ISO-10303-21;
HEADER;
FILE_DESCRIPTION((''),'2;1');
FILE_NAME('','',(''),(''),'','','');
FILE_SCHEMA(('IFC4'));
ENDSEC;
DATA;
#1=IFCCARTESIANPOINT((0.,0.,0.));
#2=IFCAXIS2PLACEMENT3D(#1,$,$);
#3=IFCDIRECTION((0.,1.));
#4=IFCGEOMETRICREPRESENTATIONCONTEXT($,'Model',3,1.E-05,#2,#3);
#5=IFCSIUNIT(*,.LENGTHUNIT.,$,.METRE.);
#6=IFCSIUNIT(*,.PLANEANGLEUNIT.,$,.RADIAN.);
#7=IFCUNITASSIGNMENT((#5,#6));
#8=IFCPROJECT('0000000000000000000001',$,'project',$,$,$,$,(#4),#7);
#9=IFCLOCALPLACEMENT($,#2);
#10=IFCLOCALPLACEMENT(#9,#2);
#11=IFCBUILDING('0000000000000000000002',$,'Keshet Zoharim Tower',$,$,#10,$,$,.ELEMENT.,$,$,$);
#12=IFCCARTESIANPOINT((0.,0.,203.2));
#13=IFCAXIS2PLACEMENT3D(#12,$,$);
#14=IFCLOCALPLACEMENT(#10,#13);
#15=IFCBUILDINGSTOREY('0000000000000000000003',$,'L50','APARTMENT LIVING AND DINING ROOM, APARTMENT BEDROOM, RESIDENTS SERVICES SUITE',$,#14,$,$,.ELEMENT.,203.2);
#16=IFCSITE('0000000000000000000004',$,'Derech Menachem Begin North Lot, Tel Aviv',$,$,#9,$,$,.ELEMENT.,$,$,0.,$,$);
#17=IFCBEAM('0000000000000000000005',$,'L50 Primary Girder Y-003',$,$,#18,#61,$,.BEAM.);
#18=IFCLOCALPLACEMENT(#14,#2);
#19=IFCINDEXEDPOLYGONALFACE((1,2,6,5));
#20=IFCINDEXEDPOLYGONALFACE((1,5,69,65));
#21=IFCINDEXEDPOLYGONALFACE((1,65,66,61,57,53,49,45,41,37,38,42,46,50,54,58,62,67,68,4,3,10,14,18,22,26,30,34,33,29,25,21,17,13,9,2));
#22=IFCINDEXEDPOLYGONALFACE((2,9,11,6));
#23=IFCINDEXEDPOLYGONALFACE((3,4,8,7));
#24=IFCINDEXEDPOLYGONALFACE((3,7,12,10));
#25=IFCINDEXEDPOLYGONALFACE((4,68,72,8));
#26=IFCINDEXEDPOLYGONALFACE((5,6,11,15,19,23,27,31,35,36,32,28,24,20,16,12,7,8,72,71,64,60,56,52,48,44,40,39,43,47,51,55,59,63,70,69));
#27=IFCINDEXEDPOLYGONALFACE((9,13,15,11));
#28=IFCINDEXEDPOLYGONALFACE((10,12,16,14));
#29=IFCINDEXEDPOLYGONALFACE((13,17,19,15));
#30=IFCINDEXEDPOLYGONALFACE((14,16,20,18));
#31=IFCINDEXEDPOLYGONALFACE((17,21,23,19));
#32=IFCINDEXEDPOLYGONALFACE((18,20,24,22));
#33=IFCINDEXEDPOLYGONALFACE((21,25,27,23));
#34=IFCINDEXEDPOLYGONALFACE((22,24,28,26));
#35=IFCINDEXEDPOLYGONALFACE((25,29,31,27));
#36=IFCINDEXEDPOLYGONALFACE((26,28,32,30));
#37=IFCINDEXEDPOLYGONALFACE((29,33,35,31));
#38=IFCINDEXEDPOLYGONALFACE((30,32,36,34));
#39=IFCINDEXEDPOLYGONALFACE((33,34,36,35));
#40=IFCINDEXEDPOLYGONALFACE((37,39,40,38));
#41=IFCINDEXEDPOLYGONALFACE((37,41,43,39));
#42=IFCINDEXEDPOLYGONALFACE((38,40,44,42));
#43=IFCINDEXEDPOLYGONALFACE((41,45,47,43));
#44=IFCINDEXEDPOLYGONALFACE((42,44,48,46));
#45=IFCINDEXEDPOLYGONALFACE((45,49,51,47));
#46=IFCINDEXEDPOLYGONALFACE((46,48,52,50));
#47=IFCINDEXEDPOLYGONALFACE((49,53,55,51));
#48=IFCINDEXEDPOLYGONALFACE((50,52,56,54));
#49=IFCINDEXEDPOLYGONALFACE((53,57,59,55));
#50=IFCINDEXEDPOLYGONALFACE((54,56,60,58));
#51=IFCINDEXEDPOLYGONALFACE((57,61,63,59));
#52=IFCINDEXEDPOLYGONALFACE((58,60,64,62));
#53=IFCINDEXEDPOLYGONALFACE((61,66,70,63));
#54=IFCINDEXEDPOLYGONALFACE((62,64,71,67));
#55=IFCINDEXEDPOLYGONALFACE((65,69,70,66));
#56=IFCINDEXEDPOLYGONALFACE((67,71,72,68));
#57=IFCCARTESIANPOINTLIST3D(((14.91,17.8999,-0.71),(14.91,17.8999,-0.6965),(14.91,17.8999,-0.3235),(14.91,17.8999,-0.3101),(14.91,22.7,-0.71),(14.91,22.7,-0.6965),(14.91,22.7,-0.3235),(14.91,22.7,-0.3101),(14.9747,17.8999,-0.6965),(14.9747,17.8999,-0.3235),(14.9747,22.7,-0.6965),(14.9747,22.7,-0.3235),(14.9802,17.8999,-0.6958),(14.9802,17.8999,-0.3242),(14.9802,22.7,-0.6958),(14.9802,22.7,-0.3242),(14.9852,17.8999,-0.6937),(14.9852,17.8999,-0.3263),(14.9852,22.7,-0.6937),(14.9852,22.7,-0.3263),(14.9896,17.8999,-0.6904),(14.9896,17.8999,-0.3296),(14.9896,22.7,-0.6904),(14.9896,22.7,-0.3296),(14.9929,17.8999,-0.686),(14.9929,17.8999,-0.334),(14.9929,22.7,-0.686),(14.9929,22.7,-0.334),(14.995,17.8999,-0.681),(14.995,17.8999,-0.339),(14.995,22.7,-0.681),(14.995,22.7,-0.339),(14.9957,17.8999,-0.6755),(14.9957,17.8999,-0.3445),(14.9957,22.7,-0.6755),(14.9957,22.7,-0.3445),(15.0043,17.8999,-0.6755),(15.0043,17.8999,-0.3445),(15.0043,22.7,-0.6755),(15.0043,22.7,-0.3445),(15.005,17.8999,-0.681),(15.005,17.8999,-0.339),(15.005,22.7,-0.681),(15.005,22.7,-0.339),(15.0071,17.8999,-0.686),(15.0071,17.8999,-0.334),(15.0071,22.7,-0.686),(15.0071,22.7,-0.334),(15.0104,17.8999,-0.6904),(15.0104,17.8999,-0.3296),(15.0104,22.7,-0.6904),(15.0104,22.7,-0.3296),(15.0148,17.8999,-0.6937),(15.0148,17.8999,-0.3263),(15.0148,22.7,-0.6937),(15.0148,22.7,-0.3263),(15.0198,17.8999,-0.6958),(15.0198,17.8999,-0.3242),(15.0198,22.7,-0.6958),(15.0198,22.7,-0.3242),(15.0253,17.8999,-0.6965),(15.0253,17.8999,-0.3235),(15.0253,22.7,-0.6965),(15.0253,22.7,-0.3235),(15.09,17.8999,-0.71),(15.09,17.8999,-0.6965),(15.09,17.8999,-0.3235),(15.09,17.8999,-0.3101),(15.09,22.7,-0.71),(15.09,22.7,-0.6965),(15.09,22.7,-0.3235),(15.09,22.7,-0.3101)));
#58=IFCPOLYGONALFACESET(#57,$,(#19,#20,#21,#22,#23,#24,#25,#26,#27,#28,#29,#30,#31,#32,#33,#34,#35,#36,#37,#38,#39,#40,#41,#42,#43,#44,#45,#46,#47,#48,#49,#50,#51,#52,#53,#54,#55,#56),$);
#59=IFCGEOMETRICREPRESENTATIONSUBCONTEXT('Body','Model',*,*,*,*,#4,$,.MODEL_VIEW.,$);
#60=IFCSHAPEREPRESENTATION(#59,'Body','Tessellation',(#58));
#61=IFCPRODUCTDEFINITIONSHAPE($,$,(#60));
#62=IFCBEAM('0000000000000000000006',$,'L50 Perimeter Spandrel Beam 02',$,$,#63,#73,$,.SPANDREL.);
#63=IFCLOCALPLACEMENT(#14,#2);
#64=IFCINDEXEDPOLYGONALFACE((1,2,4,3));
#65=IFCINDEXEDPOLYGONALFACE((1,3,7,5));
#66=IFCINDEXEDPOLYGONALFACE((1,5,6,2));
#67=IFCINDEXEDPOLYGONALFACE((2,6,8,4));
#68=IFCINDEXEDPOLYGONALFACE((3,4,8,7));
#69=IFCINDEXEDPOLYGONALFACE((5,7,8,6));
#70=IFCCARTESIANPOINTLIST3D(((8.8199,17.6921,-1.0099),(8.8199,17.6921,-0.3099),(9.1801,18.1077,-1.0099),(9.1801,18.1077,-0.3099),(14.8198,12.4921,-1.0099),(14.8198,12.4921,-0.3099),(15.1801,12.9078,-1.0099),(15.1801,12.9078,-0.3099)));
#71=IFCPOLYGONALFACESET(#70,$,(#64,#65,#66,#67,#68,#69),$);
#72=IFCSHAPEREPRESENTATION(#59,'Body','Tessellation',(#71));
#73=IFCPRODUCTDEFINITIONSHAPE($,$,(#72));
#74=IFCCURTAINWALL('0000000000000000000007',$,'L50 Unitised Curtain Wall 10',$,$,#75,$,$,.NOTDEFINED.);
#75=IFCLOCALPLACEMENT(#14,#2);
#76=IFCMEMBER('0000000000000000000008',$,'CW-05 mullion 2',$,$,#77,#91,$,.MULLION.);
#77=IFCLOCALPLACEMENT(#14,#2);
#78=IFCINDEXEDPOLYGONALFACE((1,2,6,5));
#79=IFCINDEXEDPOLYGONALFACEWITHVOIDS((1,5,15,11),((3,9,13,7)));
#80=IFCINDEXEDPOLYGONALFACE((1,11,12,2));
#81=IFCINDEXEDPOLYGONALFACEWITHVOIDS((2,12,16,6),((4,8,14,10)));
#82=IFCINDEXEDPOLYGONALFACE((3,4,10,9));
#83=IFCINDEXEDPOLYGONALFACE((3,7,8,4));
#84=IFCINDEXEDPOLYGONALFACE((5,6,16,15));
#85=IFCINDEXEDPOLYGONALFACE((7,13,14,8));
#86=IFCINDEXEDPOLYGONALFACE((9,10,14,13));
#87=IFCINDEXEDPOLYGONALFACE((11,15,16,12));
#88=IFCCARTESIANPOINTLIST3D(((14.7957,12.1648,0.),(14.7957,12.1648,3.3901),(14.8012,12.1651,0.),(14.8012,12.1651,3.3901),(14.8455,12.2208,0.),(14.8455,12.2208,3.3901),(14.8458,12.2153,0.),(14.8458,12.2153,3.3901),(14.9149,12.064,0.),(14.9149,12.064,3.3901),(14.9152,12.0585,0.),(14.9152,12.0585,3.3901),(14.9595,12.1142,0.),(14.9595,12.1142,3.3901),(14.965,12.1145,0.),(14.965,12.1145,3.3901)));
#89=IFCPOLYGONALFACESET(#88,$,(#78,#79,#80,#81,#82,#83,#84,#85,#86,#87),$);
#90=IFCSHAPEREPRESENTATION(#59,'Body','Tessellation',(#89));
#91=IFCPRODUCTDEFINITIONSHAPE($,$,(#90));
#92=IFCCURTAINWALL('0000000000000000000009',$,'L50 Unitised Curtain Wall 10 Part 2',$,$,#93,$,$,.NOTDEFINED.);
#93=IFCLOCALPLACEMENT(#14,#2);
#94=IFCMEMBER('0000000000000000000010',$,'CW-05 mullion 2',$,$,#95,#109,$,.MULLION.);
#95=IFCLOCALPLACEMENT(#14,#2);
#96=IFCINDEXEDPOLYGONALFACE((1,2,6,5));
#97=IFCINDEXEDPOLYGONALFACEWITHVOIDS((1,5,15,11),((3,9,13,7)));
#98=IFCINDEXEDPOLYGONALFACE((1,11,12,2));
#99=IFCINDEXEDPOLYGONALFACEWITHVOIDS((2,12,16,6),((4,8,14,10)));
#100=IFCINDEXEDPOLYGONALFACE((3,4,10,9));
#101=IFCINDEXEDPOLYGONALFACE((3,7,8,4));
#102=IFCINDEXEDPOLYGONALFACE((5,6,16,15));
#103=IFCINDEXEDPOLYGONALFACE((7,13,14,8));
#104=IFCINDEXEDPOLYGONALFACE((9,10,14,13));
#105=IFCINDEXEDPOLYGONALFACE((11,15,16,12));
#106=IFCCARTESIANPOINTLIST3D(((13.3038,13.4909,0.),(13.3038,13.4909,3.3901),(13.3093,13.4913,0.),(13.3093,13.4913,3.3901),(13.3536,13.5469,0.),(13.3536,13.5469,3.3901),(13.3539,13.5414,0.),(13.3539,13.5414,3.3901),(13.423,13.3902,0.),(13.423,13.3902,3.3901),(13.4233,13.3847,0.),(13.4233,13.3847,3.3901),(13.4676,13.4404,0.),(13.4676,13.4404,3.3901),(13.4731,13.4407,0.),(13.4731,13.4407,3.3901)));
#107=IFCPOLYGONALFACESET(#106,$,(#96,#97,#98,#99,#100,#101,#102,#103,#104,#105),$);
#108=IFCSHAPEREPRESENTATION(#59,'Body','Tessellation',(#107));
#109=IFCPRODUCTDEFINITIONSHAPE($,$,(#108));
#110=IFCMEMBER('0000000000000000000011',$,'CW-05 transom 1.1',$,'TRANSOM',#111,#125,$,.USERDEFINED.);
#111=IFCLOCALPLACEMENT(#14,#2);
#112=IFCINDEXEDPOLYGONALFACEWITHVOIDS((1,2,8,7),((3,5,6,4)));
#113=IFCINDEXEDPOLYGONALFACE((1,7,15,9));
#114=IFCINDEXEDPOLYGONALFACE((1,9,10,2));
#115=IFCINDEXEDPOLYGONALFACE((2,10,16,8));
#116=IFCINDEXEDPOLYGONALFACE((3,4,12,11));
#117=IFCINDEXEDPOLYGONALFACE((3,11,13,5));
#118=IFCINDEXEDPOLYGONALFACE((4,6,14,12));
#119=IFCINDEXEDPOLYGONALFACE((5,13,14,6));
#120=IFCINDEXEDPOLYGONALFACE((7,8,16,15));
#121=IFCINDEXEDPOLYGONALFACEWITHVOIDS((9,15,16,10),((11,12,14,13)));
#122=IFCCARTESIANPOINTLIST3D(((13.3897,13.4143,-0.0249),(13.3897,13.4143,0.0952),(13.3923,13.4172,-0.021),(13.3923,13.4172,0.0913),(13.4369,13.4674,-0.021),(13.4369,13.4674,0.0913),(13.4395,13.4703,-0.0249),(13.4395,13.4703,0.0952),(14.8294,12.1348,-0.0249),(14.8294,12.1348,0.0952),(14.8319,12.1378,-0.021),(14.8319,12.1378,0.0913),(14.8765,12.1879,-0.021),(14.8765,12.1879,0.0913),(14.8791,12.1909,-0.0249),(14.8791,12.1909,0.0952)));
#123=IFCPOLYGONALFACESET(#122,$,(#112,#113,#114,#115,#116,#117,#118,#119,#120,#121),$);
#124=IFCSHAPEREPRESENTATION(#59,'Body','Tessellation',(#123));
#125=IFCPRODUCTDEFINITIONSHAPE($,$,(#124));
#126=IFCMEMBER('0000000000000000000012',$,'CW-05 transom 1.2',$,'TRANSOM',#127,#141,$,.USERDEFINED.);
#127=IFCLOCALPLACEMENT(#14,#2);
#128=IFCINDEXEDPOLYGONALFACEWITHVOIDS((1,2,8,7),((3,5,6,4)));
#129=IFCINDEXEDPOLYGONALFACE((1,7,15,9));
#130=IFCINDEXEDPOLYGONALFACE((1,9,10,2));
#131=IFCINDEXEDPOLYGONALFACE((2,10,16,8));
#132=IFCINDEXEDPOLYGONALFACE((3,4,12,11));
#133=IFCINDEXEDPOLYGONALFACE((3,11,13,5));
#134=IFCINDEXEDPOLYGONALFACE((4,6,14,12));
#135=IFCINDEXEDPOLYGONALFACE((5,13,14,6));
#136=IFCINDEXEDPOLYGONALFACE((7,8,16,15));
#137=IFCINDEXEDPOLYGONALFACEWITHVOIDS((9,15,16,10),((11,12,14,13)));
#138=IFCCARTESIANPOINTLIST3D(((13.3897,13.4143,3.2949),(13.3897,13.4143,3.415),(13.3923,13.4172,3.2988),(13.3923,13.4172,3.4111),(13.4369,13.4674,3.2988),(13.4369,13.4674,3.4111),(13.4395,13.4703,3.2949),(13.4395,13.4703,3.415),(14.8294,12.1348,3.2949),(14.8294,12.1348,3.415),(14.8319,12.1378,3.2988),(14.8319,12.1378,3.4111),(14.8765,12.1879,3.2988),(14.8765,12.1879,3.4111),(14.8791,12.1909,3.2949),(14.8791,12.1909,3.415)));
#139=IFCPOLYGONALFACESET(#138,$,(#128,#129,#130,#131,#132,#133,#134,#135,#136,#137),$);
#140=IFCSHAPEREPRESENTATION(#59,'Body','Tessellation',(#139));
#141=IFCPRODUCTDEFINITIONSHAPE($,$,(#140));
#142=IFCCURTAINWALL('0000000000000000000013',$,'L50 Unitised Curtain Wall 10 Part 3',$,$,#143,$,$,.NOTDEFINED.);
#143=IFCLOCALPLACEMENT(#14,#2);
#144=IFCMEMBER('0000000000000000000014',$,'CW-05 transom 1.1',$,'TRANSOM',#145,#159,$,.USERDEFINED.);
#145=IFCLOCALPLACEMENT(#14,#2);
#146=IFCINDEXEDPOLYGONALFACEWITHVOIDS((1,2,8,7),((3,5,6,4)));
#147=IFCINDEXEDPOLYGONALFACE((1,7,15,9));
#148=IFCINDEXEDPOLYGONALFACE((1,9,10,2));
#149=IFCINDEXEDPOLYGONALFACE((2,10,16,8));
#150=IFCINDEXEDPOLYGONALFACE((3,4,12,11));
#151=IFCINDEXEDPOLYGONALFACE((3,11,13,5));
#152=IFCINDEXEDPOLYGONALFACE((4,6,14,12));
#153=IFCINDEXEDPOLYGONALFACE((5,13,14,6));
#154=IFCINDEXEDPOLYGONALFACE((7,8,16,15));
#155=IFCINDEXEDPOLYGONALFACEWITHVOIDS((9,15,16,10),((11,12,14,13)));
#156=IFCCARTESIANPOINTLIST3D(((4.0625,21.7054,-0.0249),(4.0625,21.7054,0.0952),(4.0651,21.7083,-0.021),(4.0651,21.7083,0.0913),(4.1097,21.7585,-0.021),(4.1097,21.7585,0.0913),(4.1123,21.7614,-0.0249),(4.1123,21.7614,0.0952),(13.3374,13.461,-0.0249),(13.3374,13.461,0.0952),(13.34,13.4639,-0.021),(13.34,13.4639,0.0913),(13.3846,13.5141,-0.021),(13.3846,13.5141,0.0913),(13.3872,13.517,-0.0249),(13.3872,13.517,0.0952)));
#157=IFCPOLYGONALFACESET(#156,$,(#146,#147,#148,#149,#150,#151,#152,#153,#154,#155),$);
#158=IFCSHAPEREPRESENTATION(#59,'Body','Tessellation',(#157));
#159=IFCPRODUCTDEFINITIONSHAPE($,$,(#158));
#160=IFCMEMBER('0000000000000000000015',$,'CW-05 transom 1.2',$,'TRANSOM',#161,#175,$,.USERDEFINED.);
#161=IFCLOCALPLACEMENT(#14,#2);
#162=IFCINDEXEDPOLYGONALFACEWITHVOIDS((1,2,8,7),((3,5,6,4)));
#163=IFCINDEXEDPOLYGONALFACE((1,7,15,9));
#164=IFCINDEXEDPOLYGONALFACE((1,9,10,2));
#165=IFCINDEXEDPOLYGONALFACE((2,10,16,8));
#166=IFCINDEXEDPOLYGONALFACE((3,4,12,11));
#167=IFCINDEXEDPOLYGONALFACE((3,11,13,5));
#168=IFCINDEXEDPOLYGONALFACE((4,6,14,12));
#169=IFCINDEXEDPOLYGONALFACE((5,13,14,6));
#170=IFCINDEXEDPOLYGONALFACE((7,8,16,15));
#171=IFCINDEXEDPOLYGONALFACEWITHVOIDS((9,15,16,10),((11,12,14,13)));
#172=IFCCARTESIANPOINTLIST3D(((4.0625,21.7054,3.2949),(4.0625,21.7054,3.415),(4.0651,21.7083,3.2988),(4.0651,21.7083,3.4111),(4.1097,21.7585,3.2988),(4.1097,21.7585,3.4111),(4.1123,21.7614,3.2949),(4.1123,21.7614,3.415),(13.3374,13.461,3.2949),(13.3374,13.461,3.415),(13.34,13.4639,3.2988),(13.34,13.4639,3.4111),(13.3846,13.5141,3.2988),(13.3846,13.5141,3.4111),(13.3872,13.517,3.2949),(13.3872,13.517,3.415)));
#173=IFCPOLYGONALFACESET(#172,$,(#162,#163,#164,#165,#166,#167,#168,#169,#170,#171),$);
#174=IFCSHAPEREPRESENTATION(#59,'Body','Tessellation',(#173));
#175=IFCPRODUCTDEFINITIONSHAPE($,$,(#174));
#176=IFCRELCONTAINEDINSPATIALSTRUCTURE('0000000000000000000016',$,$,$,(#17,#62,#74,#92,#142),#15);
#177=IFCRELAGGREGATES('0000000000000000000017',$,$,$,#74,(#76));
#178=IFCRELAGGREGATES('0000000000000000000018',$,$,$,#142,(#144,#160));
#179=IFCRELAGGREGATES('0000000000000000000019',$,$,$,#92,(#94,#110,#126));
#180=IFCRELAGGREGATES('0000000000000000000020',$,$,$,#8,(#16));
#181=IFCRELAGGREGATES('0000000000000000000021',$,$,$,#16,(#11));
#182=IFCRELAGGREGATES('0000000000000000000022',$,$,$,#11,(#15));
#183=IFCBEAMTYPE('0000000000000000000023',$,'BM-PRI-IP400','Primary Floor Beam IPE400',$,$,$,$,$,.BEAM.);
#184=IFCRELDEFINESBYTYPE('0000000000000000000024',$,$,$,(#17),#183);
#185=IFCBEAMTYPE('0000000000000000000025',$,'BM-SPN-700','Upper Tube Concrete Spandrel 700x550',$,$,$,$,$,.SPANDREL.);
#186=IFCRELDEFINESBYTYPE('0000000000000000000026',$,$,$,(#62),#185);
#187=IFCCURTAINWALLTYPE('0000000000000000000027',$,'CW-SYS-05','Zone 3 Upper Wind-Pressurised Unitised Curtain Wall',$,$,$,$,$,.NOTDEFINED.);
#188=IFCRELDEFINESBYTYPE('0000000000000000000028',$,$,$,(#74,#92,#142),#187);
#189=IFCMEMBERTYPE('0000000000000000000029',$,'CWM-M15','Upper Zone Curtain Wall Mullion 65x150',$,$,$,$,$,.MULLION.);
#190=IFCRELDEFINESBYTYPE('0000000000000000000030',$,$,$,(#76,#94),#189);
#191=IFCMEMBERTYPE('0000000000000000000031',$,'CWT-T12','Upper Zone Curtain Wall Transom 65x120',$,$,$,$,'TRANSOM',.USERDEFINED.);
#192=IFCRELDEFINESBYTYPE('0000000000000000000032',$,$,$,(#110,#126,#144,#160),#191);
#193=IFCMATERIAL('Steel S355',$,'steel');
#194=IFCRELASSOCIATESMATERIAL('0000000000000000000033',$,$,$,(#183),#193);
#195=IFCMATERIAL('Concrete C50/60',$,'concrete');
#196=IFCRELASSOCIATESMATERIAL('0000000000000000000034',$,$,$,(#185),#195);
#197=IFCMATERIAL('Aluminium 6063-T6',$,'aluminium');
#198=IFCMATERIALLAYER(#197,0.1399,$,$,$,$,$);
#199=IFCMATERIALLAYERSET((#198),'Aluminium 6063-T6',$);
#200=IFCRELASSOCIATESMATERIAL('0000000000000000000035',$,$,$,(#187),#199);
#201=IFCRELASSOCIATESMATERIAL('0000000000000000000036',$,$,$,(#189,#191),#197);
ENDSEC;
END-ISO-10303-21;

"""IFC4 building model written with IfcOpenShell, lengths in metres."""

from ifc_helpers import new_model, si_unit, direction, frame, origin, origin_2d, place, context, subcontext, project, spatial, rectangle, hollow_rectangle, i_section, extrude, material, layer, layer_set, material_profile, profile_set, type_object, element, aggregate, save


model = new_model("IFC4")

# Units and contexts
model_context = context("Model", 3, precision=1e-05, world=origin(), true_north=direction((0.0, 1.0)))
body_context = subcontext(model_context, "Body", "Model", "MODEL_VIEW")
ifc_project = project(units=[si_unit("LENGTHUNIT", "METRE"), si_unit("PLANEANGLEUNIT", "RADIAN")], contexts=[model_context])

# Site, building, storey
site_placement = place(None, origin())
site = spatial("IfcSite", under=ifc_project, at=site_placement, Name="Derech Menachem Begin North Lot, Tel Aviv", CompositionType="ELEMENT", RefElevation=0.0)
building_placement = place(site_placement, origin())
building = spatial("IfcBuilding", under=site, at=building_placement, Name="Keshet Zoharim Tower", CompositionType="ELEMENT")
storey_placement = place(building_placement, frame((0.0, 0.0, 203.2)))
storey = spatial("IfcBuildingStorey", under=building, at=storey_placement, Name="L50", Description="APARTMENT LIVING AND DINING ROOM, APARTMENT BEDROOM, RESIDENTS SERVICES SUITE", CompositionType="ELEMENT", Elevation=203.2)

# Shared definitions
ifc_material_1 = material(Name="Steel S355", Category="steel")

# Beams
ifc_material_profile_1 = material_profile(ifc_material_1, i_section(OverallWidth=0.1799, OverallDepth=0.3999, WebThickness=0.0085, FlangeThickness=0.0134, FilletRadius=0.021, at=origin_2d()), Name="IPE400")
ifc_profile_set_1 = profile_set([ifc_material_profile_1], Name="Steel S355")
beam_type_1 = type_object("IfcBeamType", Name="BM-PRI-IP400", Description="Primary Floor Beam IPE400", PredefinedType="BEAM", material=ifc_profile_set_1)
beam_1_placement = place(storey_placement, frame((15.0, 17.8999, -0.51), z_axis=(0.0, 1.0, 0.0), x_axis=(-1.0, 0.0, 0.0)))
element("IfcBeam", 1, at=beam_1_placement, inside=storey, type_object=beam_type_1, Name="L50 Primary Girder Y-003", PredefinedType="BEAM", context=body_context, shape_type="SweptSolid", body=[
    extrude(i_section(OverallWidth=0.1799, OverallDepth=0.3999, WebThickness=0.0085, FlangeThickness=0.0134, FilletRadius=0.021, at=origin_2d()), origin(), (0.0, 0.0, 1.0), 4.8),
])
ifc_material_2 = material(Name="Concrete C50/60", Category="concrete")
ifc_material_profile_2 = material_profile(ifc_material_2, rectangle(XDim=0.55, YDim=0.7, at=origin_2d()), Name="RC700x550")
ifc_profile_set_2 = profile_set([ifc_material_profile_2], Name="Concrete C50/60")
beam_type_2 = type_object("IfcBeamType", Name="BM-SPN-700", Description="Upper Tube Concrete Spandrel 700x550", PredefinedType="SPANDREL", material=ifc_profile_set_2)
beam_2_placement = place(storey_placement, frame((9.0, 17.8999, -0.6599), z_axis=(0.755692, -0.654927, 0.0), x_axis=(0.654927, 0.755692, 0.0)))
element("IfcBeam", 2, at=beam_2_placement, inside=storey, type_object=beam_type_2, Name="L50 Perimeter Spandrel Beam 02", PredefinedType="SPANDREL", context=body_context, shape_type="SweptSolid", body=[
    extrude(rectangle(XDim=0.55, YDim=0.7, at=origin_2d()), origin(), (0.0, 0.0, 1.0), 7.9397),
])

# Curtain wall, member
ifc_material_3 = material(Name="Aluminium 6063-T6", Category="aluminium")
ifc_layer_1 = layer(ifc_material_3, 0.1399)
ifc_layer_set_1 = layer_set([ifc_layer_1], Name="Aluminium 6063-T6")
curtain_wall_type = type_object("IfcCurtainWallType", Name="CW-SYS-05", Description="Zone 3 Upper Wind-Pressurised Unitised Curtain Wall", PredefinedType="NOTDEFINED", material=ifc_layer_set_1)
curtain_wall_1_placement = place(storey_placement, origin())
curtain_wall_1 = element("IfcCurtainWall", 3, at=curtain_wall_1_placement, inside=storey, type_object=curtain_wall_type, Name="L50 Unitised Curtain Wall 10", PredefinedType="NOTDEFINED")
ifc_material_profile_3 = material_profile(ifc_material_3, hollow_rectangle(XDim=0.075, YDim=0.1599, WallThickness=0.0039, at=origin_2d()), Name="MUL-75x160")
ifc_profile_set_3 = profile_set([ifc_material_profile_3], Name="Aluminium 6063-T6")
member_type_1 = type_object("IfcMemberType", Name="CWM-M15", Description="Upper Zone Curtain Wall Mullion 65x150", PredefinedType="MULLION", material=ifc_profile_set_3)
member_1_placement = place(storey_placement, frame((14.8804, 12.1396, 0.0), z_axis=(0.0, 0.0, 1.0), x_axis=(-0.664368, -0.747406, 0.0)))
member_1 = element("IfcMember", 4, at=member_1_placement, type_object=member_type_1, Name="CW-05 mullion 2", PredefinedType="MULLION", context=body_context, shape_type="SweptSolid", body=[
    extrude(hollow_rectangle(XDim=0.075, YDim=0.1599, WallThickness=0.0039, at=origin_2d()), origin(), (0.0, 0.0, 1.0), 3.3901),
])
aggregate(curtain_wall_1, [member_1])

# Curtain walls, members
curtain_wall_2_placement = place(storey_placement, origin())
curtain_wall_2 = element("IfcCurtainWall", 5, at=curtain_wall_2_placement, inside=storey, type_object=curtain_wall_type, Name="L50 Unitised Curtain Wall 10 Part 2", PredefinedType="NOTDEFINED")
member_2_placement = place(storey_placement, frame((13.3884, 13.4658, 0.0), z_axis=(0.0, 0.0, 1.0), x_axis=(-0.66433, -0.74744, 0.0)))
member_2 = element("IfcMember", 6, at=member_2_placement, type_object=member_type_1, Name="CW-05 mullion 2", PredefinedType="MULLION", context=body_context, shape_type="SweptSolid", body=[
    extrude(hollow_rectangle(XDim=0.075, YDim=0.1599, WallThickness=0.0039, at=origin_2d()), origin(), (0.0, 0.0, 1.0), 3.3901),
])
ifc_material_profile_4 = material_profile(ifc_material_3, hollow_rectangle(XDim=0.075, YDim=0.1201, WallThickness=0.0039, at=origin_2d()), Name="TRN-75x120")
ifc_profile_set_4 = profile_set([ifc_material_profile_4], Name="Aluminium 6063-T6")
member_type_2 = type_object("IfcMemberType", Name="CWT-T12", Description="Upper Zone Curtain Wall Transom 65x120", ElementType="TRANSOM", PredefinedType="USERDEFINED", material=ifc_profile_set_4)
member_3_placement = place(storey_placement, frame((14.8542, 12.1628, 0.0352), z_axis=(-0.747458, 0.664309, 0.0), x_axis=(-0.664309, -0.747458, 0.0)))
member_3 = element("IfcMember", 7, at=member_3_placement, type_object=member_type_2, Name="CW-05 transom 1.1", ObjectType="TRANSOM", PredefinedType="USERDEFINED", context=body_context, shape_type="SweptSolid", body=[
    extrude(hollow_rectangle(XDim=0.075, YDim=0.1201, WallThickness=0.0039, at=origin_2d()), origin(), (0.0, 0.0, 1.0), 1.926),
])
member_4_placement = place(storey_placement, frame((14.8542, 12.1628, 3.355), z_axis=(-0.747458, 0.664309, 0.0), x_axis=(-0.664309, -0.747458, 0.0)))
member_4 = element("IfcMember", 8, at=member_4_placement, type_object=member_type_2, Name="CW-05 transom 1.2", ObjectType="TRANSOM", PredefinedType="USERDEFINED", context=body_context, shape_type="SweptSolid", body=[
    extrude(hollow_rectangle(XDim=0.075, YDim=0.1201, WallThickness=0.0039, at=origin_2d()), origin(), (0.0, 0.0, 1.0), 1.926),
])
curtain_wall_3_placement = place(storey_placement, origin())
curtain_wall_3 = element("IfcCurtainWall", 9, at=curtain_wall_3_placement, inside=storey, type_object=curtain_wall_type, Name="L50 Unitised Curtain Wall 10 Part 3", PredefinedType="NOTDEFINED")
member_5_placement = place(storey_placement, frame((13.3623, 13.489, 0.0352), z_axis=(-0.747408, 0.664365, 0.0), x_axis=(-0.664365, -0.747408, 0.0)))
member_5 = element("IfcMember", 10, at=member_5_placement, type_object=member_type_2, Name="CW-05 transom 1.1", ObjectType="TRANSOM", PredefinedType="USERDEFINED", context=body_context, shape_type="SweptSolid", body=[
    extrude(hollow_rectangle(XDim=0.075, YDim=0.1201, WallThickness=0.0039, at=origin_2d()), origin(), (0.0, 0.0, 1.0), 12.4094),
])
member_6_placement = place(storey_placement, frame((13.3623, 13.489, 3.355), z_axis=(-0.747408, 0.664365, 0.0), x_axis=(-0.664365, -0.747408, 0.0)))
member_6 = element("IfcMember", 11, at=member_6_placement, type_object=member_type_2, Name="CW-05 transom 1.2", ObjectType="TRANSOM", PredefinedType="USERDEFINED", context=body_context, shape_type="SweptSolid", body=[
    extrude(hollow_rectangle(XDim=0.075, YDim=0.1201, WallThickness=0.0039, at=origin_2d()), origin(), (0.0, 0.0, 1.0), 12.4094),
])

aggregate(curtain_wall_3, [member_5, member_6])
aggregate(curtain_wall_2, [member_2, member_3, member_4])

save(model, "model.ifc")
